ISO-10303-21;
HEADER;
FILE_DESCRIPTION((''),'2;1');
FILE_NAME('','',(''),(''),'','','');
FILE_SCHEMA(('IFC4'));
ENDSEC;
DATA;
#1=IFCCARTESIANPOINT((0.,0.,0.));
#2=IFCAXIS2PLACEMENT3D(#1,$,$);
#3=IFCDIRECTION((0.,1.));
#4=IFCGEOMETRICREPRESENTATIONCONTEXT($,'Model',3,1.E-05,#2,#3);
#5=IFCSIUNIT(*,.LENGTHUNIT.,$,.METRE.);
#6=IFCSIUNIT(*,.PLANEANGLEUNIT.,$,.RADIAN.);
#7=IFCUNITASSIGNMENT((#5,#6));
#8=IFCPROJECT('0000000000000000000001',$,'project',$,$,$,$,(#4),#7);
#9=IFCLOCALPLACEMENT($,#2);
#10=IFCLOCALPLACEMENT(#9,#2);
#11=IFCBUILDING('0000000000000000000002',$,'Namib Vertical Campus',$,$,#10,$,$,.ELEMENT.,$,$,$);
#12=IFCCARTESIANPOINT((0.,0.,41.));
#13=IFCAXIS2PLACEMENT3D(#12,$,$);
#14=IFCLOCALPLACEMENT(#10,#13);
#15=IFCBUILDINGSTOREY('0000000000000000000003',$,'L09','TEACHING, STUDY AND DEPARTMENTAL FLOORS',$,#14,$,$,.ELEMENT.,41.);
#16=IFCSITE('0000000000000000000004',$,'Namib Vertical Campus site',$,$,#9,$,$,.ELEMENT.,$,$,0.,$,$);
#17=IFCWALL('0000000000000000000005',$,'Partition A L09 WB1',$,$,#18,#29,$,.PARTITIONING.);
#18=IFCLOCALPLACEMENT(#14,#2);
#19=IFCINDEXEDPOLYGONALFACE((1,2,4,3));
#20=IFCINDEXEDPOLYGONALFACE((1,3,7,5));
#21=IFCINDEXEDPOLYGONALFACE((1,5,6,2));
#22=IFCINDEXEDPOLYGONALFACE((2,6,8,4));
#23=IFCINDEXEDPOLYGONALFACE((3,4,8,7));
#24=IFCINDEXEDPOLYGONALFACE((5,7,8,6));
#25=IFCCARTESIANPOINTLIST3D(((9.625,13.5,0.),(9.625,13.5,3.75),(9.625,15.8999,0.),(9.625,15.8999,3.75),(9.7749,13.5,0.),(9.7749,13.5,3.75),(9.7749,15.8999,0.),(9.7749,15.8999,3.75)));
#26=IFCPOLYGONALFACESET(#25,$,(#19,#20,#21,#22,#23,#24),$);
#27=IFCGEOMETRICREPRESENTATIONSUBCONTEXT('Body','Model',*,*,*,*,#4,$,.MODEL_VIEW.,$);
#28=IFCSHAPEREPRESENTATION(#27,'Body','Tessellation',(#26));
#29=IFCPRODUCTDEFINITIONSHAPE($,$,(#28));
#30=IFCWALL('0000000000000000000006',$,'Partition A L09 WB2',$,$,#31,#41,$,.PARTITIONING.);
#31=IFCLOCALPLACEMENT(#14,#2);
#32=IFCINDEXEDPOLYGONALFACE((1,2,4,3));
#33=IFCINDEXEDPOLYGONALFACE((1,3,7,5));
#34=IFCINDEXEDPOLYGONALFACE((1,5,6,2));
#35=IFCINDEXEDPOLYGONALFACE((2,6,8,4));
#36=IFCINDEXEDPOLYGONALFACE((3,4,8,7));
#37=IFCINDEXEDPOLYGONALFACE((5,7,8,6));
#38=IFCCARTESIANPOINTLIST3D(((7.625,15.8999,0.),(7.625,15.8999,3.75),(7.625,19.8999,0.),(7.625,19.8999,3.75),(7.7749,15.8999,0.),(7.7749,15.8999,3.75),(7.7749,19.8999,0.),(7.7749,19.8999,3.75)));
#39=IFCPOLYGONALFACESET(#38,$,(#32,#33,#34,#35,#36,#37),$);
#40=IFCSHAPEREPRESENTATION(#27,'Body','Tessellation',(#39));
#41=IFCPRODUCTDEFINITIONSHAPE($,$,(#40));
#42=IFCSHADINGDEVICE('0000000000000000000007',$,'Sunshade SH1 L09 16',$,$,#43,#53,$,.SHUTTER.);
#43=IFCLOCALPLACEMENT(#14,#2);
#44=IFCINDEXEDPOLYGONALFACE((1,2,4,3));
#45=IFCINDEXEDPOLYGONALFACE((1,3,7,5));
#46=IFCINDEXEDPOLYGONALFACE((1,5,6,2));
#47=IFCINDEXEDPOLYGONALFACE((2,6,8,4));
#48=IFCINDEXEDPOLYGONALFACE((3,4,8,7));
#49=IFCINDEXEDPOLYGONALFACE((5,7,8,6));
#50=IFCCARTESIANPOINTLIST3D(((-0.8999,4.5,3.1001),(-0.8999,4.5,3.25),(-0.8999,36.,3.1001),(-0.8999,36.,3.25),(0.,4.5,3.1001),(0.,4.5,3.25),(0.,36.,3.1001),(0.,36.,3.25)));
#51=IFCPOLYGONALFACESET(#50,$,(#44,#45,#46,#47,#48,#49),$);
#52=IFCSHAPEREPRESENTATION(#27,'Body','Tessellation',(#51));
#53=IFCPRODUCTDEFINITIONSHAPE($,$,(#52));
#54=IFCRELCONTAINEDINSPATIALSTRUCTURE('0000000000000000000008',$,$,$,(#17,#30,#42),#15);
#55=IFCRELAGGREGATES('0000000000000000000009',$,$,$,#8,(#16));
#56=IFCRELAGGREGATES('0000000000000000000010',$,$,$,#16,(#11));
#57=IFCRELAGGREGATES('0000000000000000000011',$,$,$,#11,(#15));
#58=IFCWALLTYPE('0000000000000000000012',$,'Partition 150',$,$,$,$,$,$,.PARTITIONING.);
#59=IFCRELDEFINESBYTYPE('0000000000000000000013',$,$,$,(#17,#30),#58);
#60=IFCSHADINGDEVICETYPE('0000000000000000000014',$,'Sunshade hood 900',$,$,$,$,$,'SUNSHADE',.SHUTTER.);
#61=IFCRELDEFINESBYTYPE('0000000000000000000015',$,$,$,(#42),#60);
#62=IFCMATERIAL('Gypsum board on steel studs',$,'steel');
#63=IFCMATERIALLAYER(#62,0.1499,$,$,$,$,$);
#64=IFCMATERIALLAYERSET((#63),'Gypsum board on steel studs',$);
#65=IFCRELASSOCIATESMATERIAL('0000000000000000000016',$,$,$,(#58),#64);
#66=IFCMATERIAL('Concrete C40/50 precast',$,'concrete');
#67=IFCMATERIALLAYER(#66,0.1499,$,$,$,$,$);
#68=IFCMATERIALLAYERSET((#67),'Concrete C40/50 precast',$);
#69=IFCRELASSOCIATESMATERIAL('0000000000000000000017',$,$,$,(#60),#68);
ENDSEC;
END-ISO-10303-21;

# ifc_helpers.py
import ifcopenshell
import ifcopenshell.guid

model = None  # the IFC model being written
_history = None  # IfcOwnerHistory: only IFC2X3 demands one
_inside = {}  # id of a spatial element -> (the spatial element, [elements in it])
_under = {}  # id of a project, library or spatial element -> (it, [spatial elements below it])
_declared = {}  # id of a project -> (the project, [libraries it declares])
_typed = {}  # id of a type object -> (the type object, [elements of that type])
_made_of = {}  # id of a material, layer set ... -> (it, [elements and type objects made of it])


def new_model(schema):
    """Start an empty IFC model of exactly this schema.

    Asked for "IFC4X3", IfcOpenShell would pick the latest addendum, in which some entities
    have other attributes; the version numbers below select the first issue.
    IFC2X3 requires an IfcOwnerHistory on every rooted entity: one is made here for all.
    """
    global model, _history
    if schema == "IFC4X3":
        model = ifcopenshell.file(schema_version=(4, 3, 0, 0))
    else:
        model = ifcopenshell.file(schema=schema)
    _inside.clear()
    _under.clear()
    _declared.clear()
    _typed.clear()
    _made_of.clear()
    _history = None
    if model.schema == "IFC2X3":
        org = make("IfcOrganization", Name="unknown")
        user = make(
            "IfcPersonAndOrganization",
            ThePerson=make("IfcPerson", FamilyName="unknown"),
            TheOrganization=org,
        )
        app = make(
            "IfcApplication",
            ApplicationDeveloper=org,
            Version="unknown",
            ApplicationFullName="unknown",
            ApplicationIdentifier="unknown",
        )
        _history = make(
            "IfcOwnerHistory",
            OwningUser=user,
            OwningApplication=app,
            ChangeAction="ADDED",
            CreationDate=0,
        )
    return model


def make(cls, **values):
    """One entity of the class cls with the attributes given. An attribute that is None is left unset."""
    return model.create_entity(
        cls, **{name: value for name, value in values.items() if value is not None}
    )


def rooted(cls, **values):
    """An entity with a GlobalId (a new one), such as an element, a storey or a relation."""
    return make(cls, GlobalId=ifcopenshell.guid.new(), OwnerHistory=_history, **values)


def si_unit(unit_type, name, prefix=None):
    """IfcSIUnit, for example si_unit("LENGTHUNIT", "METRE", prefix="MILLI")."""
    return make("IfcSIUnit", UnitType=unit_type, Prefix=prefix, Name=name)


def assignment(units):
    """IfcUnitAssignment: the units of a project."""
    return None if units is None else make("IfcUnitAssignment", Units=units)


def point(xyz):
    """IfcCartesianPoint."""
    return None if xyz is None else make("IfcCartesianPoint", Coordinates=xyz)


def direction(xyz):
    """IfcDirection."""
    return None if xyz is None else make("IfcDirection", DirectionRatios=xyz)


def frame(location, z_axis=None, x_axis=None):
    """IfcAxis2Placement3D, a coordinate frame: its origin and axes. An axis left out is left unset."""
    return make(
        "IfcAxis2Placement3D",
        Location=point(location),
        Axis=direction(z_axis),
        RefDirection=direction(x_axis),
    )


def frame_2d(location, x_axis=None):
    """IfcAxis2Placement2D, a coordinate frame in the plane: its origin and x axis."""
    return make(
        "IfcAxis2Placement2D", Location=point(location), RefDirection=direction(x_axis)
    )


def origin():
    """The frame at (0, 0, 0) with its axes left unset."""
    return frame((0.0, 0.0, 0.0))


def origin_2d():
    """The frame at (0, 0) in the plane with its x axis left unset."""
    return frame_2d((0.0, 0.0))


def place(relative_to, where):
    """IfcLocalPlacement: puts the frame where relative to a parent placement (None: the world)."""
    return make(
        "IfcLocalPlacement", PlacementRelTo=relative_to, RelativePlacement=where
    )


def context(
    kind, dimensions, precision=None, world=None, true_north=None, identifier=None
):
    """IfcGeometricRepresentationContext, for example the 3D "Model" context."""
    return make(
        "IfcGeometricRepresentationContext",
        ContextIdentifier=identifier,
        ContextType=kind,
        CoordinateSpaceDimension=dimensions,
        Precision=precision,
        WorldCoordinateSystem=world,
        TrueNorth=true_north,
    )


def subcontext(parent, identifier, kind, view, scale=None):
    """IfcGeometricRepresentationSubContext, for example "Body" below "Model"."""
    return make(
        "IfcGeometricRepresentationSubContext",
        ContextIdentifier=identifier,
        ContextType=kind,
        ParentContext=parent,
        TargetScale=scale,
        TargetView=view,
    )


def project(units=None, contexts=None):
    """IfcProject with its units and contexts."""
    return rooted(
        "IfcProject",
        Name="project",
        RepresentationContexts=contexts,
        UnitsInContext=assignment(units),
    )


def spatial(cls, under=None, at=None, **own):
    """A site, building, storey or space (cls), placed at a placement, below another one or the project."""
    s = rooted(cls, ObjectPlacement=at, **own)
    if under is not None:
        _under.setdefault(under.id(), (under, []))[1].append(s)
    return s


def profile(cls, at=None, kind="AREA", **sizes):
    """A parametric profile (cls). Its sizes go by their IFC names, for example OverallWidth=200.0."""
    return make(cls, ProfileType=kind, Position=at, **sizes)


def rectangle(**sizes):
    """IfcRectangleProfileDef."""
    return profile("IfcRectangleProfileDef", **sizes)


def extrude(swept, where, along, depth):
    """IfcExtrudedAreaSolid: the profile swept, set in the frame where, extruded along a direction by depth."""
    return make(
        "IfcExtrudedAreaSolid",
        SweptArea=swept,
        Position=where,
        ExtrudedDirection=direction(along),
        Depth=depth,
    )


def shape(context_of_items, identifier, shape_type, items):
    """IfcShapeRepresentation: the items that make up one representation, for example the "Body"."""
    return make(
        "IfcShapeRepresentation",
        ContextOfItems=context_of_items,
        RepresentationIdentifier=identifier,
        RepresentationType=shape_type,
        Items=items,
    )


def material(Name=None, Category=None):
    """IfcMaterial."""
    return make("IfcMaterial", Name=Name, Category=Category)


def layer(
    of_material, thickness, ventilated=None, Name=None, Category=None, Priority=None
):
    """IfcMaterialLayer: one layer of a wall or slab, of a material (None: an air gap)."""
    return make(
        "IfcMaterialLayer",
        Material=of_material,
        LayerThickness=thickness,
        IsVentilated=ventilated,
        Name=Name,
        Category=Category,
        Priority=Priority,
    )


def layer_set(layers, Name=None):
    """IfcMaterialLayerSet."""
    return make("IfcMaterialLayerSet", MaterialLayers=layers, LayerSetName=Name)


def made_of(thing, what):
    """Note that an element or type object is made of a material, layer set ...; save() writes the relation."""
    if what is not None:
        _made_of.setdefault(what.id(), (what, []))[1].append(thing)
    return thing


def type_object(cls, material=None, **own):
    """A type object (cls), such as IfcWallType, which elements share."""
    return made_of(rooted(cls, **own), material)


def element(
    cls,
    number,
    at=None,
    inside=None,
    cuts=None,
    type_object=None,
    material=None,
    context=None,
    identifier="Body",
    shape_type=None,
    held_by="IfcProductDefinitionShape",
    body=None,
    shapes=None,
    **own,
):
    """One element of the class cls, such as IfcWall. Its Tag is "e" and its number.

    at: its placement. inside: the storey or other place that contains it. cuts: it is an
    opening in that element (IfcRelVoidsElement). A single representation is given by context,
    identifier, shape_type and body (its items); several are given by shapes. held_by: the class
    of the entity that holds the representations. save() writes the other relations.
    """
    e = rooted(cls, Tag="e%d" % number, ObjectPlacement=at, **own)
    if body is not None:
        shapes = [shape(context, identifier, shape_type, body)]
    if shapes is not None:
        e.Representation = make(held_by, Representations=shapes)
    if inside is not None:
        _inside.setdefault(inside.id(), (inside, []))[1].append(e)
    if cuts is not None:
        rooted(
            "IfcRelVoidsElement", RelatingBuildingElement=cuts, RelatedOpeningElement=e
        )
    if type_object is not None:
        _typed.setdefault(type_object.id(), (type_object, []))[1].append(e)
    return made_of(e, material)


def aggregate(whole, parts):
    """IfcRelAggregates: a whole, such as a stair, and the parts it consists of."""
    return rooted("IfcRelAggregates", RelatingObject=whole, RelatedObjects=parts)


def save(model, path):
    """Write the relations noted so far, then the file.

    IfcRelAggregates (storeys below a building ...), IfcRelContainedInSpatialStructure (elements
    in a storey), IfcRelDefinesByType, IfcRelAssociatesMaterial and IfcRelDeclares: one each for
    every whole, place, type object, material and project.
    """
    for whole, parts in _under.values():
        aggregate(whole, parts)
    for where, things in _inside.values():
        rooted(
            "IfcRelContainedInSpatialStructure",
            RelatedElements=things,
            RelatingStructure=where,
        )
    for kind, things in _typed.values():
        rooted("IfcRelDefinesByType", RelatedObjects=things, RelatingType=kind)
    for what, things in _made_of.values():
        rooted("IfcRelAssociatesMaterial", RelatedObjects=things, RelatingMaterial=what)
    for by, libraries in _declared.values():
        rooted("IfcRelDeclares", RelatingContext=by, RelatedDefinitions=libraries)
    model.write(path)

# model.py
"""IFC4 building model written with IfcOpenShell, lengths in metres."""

from ifc_helpers import new_model, si_unit, direction, frame, frame_2d, origin, origin_2d, place, context, subcontext, project, spatial, rectangle, extrude, material, layer, layer_set, type_object, element, save


model = new_model("IFC4")

# Units and contexts
model_context = context("Model", 3, precision=1e-05, world=origin(), true_north=direction((0.0, 1.0)))
body_context = subcontext(model_context, "Body", "Model", "MODEL_VIEW")
ifc_project = project(units=[si_unit("LENGTHUNIT", "METRE"), si_unit("PLANEANGLEUNIT", "RADIAN")], contexts=[model_context])

# Site, building, storey
site_placement = place(None, origin())
site = spatial("IfcSite", under=ifc_project, at=site_placement, Name="Namib Vertical Campus site", CompositionType="ELEMENT", RefElevation=0.0)
building_placement = place(site_placement, origin())
building = spatial("IfcBuilding", under=site, at=building_placement, Name="Namib Vertical Campus", CompositionType="ELEMENT")
storey_placement = place(building_placement, frame((0.0, 0.0, 41.0)))
storey = spatial("IfcBuildingStorey", under=building, at=storey_placement, Name="L09", Description="TEACHING, STUDY AND DEPARTMENTAL FLOORS", CompositionType="ELEMENT", Elevation=41.0)

# Walls
ifc_material_1 = material(Name="Gypsum board on steel studs", Category="steel")
ifc_layer_1 = layer(ifc_material_1, 0.1499)
ifc_layer_set_1 = layer_set([ifc_layer_1], Name="Gypsum board on steel studs")
wall_type_1 = type_object("IfcWallType", Name="Partition 150", PredefinedType="PARTITIONING", material=ifc_layer_set_1)
wall_1_placement = place(storey_placement, frame((9.7, 13.5, 0.0), z_axis=(0.0, 0.0, 1.0), x_axis=(0.0, 1.0, 0.0)))
element("IfcWall", 1, at=wall_1_placement, inside=storey, type_object=wall_type_1, Name="Partition A L09 WB1", PredefinedType="PARTITIONING", context=body_context, shape_type="SweptSolid", body=[
    extrude(rectangle(XDim=2.3999, YDim=0.1499, at=frame_2d((1.2, 0.0))), origin(), (0.0, 0.0, 1.0), 3.75),
])
wall_2_placement = place(storey_placement, frame((7.7, 15.8999, 0.0), z_axis=(0.0, 0.0, 1.0), x_axis=(0.0, 1.0, 0.0)))
element("IfcWall", 2, at=wall_2_placement, inside=storey, type_object=wall_type_1, Name="Partition A L09 WB2", PredefinedType="PARTITIONING", context=body_context, shape_type="SweptSolid", body=[
    extrude(rectangle(XDim=4.0, YDim=0.1499, at=frame_2d((2.0, 0.0))), origin(), (0.0, 0.0, 1.0), 3.75),
])

# Shading device
ifc_material_2 = material(Name="Concrete C40/50 precast", Category="concrete")
ifc_layer_2 = layer(ifc_material_2, 0.1499)
ifc_layer_set_2 = layer_set([ifc_layer_2], Name="Concrete C40/50 precast")
shading_device_type = type_object("IfcShadingDeviceType", Name="Sunshade hood 900", ElementType="SUNSHADE", PredefinedType="SHUTTER", material=ifc_layer_set_2)
shading_device_placement = place(storey_placement, frame((-0.45, 20.25, 3.1001), z_axis=(0.0, 0.0, 1.0), x_axis=(0.0, -1.0, 0.0)))
element("IfcShadingDevice", 3, at=shading_device_placement, inside=storey, type_object=shading_device_type, Name="Sunshade SH1 L09 16", PredefinedType="SHUTTER", context=body_context, shape_type="SweptSolid", body=[
    extrude(rectangle(XDim=31.5, YDim=0.8999, at=origin_2d()), origin(), (0.0, 0.0, 1.0), 0.1499),
])

save(model, "model.ifc")
